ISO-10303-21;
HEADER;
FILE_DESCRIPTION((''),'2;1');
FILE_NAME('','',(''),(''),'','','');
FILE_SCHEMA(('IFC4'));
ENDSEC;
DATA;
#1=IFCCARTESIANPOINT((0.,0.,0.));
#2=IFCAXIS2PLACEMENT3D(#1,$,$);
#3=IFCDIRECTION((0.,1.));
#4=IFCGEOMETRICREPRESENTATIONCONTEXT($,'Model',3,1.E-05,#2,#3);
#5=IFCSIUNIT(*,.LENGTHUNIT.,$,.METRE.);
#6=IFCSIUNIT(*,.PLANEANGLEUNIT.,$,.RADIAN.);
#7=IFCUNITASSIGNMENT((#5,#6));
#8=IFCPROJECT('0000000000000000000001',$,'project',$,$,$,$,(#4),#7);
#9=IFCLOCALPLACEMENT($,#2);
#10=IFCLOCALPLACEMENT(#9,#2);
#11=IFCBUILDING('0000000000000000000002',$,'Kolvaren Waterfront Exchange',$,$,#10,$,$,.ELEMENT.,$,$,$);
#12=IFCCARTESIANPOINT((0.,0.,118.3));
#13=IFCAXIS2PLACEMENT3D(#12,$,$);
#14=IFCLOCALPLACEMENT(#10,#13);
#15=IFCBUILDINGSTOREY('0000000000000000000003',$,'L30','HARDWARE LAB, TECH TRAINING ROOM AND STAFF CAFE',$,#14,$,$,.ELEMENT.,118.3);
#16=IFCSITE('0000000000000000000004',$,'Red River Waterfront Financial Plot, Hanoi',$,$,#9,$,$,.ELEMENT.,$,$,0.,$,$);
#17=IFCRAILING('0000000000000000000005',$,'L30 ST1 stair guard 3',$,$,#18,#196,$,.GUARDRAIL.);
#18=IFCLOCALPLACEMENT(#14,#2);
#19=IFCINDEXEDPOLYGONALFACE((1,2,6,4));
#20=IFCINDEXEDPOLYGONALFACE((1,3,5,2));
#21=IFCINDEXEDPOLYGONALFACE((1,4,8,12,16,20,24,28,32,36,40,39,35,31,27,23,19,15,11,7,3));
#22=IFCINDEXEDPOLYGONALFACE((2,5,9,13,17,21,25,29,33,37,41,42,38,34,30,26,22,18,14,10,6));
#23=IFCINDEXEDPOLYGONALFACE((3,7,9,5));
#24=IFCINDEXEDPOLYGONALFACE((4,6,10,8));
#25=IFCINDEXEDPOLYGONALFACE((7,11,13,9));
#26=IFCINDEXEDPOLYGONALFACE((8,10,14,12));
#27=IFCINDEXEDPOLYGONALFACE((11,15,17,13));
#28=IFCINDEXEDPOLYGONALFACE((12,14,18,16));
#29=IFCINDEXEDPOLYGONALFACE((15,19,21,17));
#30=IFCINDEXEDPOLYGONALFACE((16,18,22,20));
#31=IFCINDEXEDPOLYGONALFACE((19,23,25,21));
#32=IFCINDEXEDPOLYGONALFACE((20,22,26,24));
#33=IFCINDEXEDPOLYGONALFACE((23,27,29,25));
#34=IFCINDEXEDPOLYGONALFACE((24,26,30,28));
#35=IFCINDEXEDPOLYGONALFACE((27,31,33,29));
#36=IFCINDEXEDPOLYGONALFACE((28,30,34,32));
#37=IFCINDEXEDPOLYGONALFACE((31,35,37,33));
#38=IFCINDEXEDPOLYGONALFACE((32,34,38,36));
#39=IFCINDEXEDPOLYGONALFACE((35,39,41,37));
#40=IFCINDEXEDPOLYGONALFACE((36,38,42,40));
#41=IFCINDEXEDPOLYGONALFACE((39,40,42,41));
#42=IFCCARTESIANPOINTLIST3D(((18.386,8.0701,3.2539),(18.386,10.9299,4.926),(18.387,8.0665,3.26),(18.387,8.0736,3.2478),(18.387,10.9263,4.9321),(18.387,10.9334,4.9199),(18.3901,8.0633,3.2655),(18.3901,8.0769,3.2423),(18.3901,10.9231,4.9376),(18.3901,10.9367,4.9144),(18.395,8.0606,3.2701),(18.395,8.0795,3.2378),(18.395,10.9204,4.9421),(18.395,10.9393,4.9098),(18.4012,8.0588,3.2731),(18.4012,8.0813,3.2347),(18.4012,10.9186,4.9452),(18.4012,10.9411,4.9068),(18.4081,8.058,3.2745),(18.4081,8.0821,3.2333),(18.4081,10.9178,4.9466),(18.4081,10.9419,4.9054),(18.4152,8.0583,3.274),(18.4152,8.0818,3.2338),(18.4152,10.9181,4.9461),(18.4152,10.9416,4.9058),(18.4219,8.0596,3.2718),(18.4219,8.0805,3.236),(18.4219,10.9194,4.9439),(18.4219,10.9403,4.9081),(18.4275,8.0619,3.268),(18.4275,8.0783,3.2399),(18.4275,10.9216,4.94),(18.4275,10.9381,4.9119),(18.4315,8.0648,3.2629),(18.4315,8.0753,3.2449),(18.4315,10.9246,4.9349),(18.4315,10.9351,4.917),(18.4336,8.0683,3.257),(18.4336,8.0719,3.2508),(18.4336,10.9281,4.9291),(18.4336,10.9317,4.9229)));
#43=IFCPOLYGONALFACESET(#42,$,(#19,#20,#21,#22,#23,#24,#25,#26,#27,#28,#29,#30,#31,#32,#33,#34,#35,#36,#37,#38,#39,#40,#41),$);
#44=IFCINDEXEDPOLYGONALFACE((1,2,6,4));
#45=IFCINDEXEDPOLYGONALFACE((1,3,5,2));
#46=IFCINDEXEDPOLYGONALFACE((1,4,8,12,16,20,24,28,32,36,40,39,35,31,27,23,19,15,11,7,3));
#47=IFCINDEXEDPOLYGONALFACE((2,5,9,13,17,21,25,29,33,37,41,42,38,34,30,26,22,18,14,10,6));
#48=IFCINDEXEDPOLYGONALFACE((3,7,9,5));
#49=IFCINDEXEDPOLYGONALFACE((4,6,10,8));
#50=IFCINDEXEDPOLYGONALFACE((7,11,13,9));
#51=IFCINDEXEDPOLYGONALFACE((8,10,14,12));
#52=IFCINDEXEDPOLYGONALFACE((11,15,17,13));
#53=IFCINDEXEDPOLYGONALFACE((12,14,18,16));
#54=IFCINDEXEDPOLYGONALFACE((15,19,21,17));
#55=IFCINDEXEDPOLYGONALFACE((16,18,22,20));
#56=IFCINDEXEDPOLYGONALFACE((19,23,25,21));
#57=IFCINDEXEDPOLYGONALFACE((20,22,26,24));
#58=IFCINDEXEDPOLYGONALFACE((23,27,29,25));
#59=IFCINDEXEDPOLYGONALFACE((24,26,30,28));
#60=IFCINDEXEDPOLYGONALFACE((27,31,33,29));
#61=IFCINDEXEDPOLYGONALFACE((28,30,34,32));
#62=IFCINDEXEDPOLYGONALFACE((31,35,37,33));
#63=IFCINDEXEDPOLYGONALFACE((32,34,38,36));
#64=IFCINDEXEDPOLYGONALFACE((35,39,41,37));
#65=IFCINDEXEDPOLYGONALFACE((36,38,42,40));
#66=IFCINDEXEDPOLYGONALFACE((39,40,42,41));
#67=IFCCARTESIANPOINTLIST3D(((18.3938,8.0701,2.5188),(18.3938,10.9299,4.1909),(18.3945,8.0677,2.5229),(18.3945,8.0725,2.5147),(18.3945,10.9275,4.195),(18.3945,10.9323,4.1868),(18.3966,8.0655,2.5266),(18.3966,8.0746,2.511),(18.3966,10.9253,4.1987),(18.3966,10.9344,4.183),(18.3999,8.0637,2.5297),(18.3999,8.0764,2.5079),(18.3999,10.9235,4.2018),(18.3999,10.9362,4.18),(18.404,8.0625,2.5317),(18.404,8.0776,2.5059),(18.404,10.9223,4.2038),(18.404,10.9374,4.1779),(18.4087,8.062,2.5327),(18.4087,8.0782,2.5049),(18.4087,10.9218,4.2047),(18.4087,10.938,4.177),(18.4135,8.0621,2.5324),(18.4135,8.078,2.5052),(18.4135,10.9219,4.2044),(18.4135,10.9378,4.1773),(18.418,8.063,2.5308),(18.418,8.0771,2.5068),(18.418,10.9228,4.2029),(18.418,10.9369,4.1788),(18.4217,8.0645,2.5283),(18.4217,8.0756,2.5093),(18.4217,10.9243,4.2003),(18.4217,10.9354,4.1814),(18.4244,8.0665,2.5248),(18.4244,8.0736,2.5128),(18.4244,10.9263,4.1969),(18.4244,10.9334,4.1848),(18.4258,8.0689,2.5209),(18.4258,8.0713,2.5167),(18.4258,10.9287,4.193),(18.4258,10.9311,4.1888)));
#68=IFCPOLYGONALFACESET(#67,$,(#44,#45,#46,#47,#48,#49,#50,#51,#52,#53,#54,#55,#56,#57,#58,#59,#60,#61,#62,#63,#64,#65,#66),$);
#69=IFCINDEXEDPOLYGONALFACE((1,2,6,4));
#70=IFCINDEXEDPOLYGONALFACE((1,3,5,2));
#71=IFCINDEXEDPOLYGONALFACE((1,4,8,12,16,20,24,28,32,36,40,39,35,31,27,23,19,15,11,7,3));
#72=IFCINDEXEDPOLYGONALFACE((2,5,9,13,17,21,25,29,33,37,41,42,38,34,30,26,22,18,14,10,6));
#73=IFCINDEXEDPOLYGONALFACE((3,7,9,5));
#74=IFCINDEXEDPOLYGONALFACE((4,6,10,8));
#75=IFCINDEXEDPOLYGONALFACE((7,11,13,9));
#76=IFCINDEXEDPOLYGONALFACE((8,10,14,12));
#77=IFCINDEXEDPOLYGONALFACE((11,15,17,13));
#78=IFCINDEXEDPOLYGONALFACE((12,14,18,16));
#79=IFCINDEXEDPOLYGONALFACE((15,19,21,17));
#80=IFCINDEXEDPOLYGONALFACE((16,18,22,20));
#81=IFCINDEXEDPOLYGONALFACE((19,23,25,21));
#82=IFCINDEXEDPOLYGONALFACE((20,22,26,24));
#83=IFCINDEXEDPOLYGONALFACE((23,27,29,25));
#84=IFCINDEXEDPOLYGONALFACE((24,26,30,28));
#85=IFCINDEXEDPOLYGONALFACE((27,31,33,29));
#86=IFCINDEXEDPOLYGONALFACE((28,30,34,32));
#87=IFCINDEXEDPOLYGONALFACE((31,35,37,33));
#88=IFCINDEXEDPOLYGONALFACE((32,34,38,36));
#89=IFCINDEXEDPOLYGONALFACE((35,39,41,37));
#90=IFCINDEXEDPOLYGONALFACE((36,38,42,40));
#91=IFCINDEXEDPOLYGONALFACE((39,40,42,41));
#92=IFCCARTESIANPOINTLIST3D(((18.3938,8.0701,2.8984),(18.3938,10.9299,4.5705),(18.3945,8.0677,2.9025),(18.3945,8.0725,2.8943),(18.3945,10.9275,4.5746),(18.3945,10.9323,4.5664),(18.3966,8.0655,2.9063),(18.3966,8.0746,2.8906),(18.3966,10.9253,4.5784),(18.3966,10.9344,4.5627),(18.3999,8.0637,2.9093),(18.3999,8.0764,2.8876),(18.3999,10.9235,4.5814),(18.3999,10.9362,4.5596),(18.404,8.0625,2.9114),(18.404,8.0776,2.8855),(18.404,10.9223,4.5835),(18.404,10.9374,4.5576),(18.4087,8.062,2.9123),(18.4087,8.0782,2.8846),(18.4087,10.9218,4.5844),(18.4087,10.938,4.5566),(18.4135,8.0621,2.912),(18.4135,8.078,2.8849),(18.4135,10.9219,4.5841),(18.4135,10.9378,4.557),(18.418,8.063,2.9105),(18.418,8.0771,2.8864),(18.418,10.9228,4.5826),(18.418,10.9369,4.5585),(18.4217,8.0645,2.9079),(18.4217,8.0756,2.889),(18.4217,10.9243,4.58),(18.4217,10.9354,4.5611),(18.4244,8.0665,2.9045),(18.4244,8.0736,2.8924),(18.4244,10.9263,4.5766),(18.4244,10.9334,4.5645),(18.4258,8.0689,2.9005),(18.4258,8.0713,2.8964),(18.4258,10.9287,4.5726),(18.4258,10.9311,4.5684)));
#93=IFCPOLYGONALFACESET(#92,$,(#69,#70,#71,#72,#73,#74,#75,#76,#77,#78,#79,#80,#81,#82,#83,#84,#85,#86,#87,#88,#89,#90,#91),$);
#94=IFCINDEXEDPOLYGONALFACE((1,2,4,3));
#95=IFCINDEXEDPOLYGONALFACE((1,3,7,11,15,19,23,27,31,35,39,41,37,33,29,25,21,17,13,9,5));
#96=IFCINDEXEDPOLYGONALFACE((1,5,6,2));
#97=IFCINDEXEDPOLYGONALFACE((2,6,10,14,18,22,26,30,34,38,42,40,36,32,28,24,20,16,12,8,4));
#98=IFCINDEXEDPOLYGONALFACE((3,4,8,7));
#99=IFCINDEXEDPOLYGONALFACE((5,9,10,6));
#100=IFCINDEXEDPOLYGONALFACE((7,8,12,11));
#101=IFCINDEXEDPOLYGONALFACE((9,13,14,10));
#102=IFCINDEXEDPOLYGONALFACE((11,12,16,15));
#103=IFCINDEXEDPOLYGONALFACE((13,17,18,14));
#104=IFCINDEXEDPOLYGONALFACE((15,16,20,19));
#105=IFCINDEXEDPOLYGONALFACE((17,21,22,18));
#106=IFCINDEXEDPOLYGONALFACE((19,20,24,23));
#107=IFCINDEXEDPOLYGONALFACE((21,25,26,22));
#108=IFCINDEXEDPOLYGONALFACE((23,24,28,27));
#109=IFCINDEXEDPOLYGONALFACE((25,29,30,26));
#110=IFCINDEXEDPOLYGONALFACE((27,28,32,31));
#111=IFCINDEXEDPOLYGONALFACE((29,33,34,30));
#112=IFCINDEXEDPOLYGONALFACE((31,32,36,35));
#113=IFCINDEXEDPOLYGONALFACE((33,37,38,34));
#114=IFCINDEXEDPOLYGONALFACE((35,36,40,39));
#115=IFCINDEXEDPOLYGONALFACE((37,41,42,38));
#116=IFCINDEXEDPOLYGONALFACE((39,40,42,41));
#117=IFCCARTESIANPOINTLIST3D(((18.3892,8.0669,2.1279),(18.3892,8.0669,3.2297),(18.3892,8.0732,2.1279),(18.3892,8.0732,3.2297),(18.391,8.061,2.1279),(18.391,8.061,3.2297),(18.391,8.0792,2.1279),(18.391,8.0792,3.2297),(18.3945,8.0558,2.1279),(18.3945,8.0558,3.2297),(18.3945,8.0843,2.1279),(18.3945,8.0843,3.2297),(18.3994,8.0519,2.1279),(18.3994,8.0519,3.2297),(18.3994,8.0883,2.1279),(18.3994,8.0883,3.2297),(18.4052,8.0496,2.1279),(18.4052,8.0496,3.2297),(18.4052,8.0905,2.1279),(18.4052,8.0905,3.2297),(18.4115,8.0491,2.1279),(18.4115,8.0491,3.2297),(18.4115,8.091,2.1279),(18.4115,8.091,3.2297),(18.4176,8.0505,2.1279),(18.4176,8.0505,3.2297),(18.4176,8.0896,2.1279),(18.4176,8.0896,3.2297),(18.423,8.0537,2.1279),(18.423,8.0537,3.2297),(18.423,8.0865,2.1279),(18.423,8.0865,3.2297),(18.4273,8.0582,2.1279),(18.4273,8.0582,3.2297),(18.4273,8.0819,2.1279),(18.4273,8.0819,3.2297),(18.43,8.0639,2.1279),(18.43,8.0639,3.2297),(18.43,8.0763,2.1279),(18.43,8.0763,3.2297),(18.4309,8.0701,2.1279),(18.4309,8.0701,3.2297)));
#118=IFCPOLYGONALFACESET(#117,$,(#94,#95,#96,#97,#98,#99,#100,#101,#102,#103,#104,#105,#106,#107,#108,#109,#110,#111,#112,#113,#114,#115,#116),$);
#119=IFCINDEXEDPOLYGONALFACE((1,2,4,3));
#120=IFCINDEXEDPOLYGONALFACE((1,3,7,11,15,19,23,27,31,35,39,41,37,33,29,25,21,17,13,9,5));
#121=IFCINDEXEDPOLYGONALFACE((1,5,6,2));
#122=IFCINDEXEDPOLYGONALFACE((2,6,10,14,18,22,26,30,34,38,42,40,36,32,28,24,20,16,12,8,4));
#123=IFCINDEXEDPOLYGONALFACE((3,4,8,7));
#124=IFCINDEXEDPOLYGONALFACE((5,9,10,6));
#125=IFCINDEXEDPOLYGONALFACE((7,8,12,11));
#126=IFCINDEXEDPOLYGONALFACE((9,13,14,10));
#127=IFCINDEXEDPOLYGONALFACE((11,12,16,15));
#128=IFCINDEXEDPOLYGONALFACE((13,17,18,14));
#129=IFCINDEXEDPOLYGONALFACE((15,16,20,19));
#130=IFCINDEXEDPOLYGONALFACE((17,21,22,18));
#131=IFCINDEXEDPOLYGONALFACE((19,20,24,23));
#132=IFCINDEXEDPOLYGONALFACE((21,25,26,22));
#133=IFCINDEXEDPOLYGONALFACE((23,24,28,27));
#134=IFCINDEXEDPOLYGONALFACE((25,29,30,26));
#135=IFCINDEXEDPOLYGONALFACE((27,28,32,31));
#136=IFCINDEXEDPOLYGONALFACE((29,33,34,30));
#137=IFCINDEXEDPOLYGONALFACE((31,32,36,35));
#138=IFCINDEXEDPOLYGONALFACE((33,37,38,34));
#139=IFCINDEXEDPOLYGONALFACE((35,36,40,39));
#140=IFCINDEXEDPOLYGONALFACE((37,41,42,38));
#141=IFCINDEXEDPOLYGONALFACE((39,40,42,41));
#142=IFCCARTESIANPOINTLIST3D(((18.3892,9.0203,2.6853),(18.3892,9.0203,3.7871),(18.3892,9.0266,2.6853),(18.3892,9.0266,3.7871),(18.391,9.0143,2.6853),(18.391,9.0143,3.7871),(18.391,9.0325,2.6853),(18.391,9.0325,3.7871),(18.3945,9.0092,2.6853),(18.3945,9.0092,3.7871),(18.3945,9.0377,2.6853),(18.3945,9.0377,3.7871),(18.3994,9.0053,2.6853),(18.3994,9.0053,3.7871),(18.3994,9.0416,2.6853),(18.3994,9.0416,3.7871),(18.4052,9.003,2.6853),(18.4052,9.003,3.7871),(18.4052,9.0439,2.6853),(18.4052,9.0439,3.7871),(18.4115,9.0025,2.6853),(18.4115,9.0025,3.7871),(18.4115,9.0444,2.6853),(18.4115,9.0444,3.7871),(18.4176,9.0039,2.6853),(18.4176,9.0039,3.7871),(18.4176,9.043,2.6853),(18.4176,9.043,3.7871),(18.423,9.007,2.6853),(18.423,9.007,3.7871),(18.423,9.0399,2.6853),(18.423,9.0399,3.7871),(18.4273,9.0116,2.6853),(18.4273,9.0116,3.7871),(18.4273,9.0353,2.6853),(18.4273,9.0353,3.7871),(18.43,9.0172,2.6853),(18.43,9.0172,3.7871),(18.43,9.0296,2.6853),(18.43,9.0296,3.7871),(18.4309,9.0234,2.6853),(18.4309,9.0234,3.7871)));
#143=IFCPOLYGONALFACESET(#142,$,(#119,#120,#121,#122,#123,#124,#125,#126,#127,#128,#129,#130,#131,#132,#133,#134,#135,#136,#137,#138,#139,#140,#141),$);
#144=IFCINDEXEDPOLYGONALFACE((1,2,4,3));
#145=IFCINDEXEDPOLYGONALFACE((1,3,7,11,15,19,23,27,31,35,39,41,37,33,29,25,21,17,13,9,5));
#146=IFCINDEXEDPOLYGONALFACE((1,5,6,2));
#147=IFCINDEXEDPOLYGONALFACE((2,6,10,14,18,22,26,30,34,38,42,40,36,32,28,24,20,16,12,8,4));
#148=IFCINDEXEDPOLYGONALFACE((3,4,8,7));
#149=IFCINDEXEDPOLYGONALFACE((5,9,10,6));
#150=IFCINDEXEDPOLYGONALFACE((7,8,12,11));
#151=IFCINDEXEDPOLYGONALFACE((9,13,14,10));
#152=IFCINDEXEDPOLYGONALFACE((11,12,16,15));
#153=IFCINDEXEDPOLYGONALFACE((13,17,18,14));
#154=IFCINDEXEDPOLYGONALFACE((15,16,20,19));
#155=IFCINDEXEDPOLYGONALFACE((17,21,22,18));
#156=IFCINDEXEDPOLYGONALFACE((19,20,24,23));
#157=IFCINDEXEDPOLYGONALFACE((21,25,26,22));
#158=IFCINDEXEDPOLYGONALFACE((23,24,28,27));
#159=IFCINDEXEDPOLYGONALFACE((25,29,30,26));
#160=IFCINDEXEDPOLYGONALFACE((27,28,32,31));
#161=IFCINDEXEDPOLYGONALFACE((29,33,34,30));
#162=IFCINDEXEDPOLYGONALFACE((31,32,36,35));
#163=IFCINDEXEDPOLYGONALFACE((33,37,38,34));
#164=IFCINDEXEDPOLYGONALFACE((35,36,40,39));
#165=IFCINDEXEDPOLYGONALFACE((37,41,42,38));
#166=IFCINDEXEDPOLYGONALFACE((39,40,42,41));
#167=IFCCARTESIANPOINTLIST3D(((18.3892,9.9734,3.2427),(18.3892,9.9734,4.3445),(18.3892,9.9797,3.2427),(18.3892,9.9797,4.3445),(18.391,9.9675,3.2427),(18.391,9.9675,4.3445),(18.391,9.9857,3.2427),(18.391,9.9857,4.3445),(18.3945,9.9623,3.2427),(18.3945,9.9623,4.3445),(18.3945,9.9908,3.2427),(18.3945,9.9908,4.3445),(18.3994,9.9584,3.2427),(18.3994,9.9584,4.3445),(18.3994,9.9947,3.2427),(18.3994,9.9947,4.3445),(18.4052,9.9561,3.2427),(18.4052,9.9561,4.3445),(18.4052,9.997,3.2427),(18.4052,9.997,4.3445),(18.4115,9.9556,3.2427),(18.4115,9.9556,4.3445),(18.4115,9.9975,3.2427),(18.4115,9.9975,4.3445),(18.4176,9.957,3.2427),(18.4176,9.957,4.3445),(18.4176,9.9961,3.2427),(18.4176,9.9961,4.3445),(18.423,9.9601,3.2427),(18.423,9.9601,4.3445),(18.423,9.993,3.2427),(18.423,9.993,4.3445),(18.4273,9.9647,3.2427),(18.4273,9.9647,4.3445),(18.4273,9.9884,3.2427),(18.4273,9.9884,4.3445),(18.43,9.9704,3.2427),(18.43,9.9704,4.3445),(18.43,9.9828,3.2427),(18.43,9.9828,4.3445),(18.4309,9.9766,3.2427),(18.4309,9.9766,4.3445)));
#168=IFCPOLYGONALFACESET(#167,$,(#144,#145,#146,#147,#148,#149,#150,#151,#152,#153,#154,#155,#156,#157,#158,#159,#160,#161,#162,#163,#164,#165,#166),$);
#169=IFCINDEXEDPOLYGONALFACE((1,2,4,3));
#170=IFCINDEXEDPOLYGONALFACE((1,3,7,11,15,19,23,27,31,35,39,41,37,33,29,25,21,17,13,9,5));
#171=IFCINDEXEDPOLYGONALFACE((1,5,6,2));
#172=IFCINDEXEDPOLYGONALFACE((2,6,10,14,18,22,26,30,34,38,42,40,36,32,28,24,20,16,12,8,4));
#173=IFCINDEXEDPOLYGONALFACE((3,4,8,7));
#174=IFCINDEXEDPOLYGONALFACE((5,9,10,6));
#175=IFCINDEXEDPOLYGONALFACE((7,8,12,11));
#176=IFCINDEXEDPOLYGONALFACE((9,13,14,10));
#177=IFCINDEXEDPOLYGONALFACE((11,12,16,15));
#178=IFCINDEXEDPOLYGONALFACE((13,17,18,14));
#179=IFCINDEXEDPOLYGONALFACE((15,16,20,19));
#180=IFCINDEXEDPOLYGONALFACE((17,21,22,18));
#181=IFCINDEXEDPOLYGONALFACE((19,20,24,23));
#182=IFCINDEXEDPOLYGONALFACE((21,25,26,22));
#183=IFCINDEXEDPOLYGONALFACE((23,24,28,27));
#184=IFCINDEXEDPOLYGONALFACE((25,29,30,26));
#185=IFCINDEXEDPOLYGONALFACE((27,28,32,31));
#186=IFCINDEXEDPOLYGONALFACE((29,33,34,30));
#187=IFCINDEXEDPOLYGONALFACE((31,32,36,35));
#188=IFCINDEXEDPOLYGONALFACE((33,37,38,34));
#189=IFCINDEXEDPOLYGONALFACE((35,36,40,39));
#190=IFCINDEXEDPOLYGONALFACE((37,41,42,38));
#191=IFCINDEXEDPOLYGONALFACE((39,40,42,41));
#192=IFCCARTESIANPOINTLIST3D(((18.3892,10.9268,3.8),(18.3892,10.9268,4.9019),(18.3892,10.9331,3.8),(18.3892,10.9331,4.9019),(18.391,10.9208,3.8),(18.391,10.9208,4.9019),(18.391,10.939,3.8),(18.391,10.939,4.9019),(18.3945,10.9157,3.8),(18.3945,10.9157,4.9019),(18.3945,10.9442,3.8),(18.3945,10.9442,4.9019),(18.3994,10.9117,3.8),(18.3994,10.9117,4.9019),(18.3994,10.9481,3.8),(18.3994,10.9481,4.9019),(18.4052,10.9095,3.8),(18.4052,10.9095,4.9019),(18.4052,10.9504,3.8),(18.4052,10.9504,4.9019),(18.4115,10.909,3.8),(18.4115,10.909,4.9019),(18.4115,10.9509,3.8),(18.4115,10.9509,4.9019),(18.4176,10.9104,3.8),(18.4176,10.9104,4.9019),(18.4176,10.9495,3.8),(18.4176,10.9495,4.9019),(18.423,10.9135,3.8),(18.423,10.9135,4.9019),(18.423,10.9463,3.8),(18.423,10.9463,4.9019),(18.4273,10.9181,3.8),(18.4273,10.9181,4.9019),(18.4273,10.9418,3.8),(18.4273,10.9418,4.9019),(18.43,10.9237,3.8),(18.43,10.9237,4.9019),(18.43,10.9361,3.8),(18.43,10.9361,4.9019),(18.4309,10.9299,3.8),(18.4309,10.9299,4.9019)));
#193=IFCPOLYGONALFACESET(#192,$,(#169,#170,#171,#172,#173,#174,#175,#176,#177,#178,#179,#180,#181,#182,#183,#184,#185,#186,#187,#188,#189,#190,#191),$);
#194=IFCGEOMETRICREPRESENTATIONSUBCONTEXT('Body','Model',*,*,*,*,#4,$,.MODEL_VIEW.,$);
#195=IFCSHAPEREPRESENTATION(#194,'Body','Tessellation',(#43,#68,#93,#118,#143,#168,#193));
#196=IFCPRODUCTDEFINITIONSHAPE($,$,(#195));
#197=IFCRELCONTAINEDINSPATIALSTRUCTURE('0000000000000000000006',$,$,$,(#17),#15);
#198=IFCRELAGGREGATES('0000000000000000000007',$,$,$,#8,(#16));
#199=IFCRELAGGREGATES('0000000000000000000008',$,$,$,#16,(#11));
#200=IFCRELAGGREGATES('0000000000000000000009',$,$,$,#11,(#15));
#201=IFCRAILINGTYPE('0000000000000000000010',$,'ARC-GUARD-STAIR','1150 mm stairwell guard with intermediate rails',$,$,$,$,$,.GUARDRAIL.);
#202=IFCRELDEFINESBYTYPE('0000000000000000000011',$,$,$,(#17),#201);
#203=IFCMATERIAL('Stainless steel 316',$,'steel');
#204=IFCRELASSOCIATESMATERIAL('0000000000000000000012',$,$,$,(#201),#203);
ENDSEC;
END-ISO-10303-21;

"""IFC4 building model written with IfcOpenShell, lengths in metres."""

from ifc_helpers import new_model, si_unit, direction, frame, origin, origin_2d, place, context, subcontext, project, spatial, circle, extrude, material, type_object, element, save


model = new_model("IFC4")

# Units and contexts
model_context = context("Model", 3, precision=1e-05, world=origin(), true_north=direction((0.0, 1.0)))
body_context = subcontext(model_context, "Body", "Model", "MODEL_VIEW")
ifc_project = project(units=[si_unit("LENGTHUNIT", "METRE"), si_unit("PLANEANGLEUNIT", "RADIAN")], contexts=[model_context])

# Site, building, storey
site_placement = place(None, origin())
site = spatial("IfcSite", under=ifc_project, at=site_placement, Name="Red River Waterfront Financial Plot, Hanoi", CompositionType="ELEMENT", RefElevation=0.0)
building_placement = place(site_placement, origin())
building = spatial("IfcBuilding", under=site, at=building_placement, Name="Kolvaren Waterfront Exchange", CompositionType="ELEMENT")
storey_placement = place(building_placement, frame((0.0, 0.0, 118.3)))
storey = spatial("IfcBuildingStorey", under=building, at=storey_placement, Name="L30", Description="HARDWARE LAB, TECH TRAINING ROOM AND STAFF CAFE", CompositionType="ELEMENT", Elevation=118.3)

# Railing
ifc_material_1 = material(Name="Stainless steel 316", Category="steel")
railing_type_1 = type_object("IfcRailingType", Name="ARC-GUARD-STAIR", Description="1150 mm stairwell guard with intermediate rails", PredefinedType="GUARDRAIL", material=ifc_material_1)
railing_1_placement = place(storey_placement, frame((18.4099, 8.0701, 2.1279)))
element("IfcRailing", 1, at=railing_1_placement, inside=storey, type_object=railing_type_1, Name="L30 ST1 stair guard 3", PredefinedType="GUARDRAIL", context=body_context, shape_type="SweptSolid", body=[
    extrude(circle(Radius=0.0239, at=origin_2d()), frame((0.0, 0.0, 1.126), z_axis=(0.0, 0.863271, 0.504741), x_axis=(-1.0, 0.0, 0.0)), (0.0, 0.0, 1.0), 3.3127),
    extrude(circle(Radius=0.0161, at=origin_2d()), frame((0.0, 0.0, 0.3909), z_axis=(0.0, 0.863271, 0.504741), x_axis=(-1.0, 0.0, 0.0)), (0.0, 0.0, 1.0), 3.3127),
    extrude(circle(Radius=0.0161, at=origin_2d()), frame((0.0, 0.0, 0.7705), z_axis=(0.0, 0.863271, 0.504741), x_axis=(-1.0, 0.0, 0.0)), (0.0, 0.0, 1.0), 3.3127),
    extrude(circle(Radius=0.021, at=origin_2d()), origin(), (0.0, 0.0, 1.0), 1.1018),
    extrude(circle(Radius=0.021, at=origin_2d()), frame((0.0, 0.9534, 0.5574)), (0.0, 0.0, 1.0), 1.1018),
    extrude(circle(Radius=0.021, at=origin_2d()), frame((0.0, 1.9065, 1.1147)), (0.0, 0.0, 1.0), 1.1018),
    extrude(circle(Radius=0.021, at=origin_2d()), frame((0.0, 2.8599, 1.6721)), (0.0, 0.0, 1.0), 1.1018),
])

save(model, "model.ifc")
